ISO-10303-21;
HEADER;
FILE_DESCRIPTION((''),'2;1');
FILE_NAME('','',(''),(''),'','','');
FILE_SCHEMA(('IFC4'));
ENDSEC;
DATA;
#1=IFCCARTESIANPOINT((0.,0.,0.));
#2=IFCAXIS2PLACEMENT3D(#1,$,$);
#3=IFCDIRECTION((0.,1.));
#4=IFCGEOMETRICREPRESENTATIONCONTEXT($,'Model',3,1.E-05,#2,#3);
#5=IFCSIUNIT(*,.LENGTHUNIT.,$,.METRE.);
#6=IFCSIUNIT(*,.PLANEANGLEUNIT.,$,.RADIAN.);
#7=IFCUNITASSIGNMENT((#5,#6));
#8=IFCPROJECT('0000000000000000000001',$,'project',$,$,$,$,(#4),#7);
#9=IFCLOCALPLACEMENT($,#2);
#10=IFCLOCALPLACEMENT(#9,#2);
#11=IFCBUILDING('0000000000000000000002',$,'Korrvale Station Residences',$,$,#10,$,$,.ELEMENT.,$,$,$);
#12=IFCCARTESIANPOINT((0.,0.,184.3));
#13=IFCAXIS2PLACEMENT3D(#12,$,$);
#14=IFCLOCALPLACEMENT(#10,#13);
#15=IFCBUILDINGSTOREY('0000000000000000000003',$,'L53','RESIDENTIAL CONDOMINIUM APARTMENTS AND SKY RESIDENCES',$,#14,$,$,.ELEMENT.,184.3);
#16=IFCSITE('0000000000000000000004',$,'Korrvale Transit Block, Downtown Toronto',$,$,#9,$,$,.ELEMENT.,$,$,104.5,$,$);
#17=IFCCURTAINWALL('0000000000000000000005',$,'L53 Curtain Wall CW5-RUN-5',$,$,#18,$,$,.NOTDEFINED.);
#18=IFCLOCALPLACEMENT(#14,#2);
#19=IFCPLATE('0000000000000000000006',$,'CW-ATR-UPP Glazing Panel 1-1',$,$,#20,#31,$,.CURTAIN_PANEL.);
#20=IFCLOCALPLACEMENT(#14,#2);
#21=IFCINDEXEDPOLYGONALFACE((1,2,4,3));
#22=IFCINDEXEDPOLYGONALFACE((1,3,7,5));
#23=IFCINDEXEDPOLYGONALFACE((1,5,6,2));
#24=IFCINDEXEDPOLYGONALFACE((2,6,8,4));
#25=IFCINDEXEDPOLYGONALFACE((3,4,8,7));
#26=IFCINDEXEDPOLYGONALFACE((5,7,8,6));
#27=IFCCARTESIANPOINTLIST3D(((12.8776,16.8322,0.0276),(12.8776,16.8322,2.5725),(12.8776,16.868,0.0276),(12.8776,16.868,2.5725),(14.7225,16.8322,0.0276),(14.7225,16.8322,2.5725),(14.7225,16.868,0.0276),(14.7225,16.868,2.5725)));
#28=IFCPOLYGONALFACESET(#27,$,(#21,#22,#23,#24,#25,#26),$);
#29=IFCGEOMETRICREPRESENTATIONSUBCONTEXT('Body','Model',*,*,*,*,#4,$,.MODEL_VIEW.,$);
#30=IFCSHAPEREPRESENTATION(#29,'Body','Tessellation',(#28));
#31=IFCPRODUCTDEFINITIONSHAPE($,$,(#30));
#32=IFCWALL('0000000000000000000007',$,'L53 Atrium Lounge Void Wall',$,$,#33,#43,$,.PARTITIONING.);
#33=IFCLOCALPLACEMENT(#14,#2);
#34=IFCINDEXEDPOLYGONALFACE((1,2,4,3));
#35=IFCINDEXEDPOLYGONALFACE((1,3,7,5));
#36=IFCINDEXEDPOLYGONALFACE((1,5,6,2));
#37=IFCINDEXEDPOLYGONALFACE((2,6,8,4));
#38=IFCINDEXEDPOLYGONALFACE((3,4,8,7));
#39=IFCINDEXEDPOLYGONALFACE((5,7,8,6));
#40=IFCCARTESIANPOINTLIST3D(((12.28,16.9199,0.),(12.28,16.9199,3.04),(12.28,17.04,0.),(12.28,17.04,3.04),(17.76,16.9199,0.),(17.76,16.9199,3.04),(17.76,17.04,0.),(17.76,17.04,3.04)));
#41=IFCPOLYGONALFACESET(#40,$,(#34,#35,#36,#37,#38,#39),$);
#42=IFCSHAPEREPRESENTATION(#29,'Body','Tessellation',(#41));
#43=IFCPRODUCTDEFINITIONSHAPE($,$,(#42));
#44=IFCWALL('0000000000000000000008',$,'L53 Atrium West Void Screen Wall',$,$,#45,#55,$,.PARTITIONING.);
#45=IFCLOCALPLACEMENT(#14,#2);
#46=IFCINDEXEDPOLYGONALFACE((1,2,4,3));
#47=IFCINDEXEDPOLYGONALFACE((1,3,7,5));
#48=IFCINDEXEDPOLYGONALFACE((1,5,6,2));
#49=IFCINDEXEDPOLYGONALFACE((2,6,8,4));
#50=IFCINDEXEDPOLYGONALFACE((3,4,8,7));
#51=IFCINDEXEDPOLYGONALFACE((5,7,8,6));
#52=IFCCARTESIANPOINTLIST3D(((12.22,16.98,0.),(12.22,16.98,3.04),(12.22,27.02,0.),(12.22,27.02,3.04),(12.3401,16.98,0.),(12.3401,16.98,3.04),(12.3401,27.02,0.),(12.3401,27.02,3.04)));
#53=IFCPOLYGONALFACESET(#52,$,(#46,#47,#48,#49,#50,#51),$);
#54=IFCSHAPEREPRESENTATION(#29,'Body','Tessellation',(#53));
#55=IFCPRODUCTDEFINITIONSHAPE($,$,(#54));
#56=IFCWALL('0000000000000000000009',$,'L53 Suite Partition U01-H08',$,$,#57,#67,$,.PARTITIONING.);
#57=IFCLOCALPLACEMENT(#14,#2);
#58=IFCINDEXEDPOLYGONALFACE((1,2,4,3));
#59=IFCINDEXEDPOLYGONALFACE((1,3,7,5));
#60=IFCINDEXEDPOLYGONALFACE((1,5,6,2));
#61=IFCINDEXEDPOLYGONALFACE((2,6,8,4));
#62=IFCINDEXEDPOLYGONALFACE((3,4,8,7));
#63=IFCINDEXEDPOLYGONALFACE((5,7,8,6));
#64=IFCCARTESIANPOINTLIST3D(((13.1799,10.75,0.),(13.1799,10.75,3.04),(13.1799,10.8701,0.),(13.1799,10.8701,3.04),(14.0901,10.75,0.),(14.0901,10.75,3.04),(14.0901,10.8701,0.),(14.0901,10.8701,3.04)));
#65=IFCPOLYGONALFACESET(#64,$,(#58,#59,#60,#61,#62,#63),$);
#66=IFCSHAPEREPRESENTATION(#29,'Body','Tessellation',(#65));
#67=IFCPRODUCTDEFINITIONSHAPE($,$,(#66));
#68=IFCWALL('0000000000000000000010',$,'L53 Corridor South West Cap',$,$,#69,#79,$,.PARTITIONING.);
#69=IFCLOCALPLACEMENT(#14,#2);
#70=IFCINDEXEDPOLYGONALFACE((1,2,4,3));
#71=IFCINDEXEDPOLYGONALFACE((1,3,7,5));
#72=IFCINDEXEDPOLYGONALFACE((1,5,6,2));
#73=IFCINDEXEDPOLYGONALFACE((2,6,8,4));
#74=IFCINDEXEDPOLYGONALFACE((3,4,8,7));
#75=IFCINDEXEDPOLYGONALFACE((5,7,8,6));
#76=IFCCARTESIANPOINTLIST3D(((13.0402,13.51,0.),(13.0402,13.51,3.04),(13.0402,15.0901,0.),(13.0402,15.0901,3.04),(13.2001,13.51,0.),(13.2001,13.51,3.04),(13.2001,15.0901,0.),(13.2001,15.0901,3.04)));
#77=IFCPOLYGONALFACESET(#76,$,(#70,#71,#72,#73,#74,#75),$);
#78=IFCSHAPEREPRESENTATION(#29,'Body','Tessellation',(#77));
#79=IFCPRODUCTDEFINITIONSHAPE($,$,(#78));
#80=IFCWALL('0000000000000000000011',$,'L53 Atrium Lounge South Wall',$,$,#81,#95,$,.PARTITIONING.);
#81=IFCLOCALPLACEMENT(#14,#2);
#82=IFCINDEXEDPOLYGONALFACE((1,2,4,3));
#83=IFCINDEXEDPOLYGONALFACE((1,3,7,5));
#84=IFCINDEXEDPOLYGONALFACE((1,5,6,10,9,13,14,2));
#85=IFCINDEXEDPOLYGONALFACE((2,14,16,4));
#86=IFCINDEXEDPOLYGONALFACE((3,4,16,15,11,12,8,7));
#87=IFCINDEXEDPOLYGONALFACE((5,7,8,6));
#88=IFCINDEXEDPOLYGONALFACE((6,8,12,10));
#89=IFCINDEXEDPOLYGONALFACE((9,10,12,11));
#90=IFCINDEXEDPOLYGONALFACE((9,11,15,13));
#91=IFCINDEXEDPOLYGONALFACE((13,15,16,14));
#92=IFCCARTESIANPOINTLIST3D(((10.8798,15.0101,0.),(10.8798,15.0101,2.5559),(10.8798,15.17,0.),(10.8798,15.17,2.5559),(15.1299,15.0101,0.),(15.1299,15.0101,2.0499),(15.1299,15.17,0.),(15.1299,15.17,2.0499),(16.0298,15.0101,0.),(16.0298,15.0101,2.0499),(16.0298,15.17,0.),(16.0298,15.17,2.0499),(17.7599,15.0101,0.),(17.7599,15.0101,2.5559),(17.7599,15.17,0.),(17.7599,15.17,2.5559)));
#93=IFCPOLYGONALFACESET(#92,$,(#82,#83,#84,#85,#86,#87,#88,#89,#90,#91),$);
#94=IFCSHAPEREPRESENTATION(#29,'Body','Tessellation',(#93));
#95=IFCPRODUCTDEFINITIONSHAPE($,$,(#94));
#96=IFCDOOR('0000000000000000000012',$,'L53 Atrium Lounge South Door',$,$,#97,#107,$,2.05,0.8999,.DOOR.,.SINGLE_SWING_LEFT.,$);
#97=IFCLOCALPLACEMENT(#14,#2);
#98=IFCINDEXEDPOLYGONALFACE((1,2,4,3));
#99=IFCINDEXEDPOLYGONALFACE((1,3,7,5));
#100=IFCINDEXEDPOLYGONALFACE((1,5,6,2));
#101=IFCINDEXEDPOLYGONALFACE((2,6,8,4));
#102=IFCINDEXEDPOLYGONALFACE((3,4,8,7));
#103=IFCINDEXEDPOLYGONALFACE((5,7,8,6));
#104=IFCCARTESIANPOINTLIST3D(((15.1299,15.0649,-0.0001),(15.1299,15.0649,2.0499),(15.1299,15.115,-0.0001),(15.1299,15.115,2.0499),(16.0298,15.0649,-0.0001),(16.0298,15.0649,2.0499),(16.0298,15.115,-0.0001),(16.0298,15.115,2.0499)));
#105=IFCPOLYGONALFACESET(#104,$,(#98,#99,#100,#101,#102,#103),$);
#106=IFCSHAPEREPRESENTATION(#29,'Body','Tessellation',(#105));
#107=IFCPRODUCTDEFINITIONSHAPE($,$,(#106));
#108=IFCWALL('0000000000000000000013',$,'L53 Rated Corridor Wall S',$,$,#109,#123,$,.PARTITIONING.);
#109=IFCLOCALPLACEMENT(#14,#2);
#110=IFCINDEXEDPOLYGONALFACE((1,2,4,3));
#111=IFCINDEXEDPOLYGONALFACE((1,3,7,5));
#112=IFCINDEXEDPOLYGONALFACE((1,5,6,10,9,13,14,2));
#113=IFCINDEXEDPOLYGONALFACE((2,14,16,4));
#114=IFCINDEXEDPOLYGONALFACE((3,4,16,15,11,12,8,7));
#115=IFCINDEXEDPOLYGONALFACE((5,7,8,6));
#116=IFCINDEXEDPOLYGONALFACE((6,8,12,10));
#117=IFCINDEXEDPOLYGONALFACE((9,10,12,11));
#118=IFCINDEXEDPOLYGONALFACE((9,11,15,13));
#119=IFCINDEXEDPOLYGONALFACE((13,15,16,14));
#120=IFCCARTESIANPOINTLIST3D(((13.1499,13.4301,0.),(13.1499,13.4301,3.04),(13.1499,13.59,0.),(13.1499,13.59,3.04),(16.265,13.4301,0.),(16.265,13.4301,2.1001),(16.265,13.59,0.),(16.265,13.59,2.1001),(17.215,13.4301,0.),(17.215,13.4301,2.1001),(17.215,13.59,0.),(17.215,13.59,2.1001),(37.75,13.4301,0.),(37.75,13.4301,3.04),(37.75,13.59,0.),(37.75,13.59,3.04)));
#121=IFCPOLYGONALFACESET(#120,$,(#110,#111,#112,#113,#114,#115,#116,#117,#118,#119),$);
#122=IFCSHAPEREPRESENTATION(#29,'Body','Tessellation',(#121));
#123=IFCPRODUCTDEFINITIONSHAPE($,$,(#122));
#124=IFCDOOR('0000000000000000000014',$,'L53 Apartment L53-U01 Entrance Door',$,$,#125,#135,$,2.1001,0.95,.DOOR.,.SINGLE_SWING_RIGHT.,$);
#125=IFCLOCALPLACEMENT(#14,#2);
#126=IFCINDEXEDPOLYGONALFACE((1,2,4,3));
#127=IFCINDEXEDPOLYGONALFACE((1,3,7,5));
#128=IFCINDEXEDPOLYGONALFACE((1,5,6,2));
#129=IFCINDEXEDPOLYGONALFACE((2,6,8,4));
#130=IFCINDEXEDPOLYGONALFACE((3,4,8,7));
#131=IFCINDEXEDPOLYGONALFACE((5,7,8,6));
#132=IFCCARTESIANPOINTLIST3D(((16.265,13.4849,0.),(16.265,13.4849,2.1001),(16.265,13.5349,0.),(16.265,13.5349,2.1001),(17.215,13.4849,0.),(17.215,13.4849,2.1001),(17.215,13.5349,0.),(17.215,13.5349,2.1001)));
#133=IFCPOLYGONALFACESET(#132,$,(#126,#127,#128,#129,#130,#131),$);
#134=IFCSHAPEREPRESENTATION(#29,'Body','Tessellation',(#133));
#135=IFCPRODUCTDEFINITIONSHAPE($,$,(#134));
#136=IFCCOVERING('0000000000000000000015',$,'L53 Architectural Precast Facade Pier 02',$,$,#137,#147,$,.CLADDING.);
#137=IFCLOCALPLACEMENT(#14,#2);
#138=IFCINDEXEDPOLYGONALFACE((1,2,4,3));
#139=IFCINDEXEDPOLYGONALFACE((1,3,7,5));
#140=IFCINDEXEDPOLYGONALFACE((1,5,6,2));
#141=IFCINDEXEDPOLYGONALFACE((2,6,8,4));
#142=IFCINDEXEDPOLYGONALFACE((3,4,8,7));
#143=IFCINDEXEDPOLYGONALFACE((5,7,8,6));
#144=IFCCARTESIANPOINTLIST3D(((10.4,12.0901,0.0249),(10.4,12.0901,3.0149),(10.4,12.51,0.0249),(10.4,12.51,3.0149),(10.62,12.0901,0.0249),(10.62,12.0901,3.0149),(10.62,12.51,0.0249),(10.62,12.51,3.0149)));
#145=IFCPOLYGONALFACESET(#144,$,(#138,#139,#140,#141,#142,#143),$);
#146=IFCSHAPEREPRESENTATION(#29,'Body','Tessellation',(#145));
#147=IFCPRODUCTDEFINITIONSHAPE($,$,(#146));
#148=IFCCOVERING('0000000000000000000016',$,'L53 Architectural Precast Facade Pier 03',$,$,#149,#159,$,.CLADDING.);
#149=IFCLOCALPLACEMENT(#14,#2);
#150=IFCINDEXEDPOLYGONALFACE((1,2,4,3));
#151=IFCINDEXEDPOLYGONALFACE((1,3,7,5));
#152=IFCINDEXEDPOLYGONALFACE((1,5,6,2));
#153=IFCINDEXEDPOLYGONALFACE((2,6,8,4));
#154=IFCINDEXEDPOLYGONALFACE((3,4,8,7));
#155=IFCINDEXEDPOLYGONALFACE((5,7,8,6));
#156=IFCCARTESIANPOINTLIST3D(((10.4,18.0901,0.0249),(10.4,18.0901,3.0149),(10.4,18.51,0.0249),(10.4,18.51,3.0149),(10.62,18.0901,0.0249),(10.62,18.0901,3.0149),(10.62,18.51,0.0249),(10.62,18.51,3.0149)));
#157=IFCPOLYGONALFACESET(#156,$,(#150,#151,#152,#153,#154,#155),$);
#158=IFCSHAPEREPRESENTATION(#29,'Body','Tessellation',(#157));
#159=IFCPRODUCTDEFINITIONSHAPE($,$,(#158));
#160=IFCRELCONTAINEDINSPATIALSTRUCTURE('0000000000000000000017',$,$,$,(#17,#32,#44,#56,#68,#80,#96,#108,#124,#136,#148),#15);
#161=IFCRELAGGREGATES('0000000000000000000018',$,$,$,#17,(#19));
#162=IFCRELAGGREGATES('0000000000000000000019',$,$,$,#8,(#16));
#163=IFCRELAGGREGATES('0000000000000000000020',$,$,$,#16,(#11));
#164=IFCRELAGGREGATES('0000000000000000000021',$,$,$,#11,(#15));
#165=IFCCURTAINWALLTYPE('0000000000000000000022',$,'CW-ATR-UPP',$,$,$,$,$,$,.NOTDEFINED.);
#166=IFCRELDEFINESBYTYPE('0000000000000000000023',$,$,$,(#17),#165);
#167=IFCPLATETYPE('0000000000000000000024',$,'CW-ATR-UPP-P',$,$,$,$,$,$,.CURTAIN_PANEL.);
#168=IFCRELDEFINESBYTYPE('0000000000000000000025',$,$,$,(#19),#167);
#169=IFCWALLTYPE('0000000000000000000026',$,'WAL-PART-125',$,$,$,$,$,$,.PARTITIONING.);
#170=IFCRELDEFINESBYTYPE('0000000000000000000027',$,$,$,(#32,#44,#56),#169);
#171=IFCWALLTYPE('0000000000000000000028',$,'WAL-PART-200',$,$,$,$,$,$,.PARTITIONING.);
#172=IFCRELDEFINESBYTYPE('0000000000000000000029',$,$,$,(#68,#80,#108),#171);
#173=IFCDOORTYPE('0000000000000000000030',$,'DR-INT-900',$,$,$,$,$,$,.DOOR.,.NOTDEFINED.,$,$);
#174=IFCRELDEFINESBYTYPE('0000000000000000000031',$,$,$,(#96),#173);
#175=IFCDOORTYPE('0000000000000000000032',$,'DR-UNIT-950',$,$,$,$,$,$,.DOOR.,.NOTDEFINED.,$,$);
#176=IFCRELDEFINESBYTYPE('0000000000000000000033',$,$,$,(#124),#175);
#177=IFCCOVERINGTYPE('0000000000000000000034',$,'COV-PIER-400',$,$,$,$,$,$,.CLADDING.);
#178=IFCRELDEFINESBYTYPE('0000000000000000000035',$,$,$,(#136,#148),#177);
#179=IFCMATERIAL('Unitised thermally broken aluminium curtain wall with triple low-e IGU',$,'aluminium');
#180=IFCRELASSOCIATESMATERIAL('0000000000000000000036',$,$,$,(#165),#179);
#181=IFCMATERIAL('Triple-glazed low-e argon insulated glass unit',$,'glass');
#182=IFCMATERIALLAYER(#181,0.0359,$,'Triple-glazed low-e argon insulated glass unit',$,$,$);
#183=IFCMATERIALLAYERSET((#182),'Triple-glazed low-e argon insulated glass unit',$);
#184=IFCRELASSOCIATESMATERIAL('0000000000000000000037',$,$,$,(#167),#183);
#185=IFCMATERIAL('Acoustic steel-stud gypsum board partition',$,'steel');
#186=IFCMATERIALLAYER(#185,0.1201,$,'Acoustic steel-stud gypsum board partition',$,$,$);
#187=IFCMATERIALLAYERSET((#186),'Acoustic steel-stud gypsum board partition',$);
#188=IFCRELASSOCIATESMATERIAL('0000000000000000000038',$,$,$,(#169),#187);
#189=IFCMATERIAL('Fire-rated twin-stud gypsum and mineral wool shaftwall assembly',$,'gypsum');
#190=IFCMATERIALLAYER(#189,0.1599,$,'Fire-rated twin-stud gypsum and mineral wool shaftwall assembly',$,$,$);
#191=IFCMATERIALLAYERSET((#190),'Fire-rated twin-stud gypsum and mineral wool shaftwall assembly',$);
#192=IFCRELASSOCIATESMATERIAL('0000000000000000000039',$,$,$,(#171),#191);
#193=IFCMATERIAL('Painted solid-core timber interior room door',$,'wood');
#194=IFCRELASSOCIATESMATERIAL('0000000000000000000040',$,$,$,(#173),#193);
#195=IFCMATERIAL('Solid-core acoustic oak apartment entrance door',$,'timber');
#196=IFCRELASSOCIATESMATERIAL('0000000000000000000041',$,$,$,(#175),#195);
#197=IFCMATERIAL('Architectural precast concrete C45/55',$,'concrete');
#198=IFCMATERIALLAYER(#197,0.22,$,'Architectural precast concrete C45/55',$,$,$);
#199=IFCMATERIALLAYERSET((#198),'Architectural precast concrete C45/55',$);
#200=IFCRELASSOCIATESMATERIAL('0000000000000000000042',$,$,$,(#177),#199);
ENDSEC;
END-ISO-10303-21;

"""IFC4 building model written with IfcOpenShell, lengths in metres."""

from ifc_helpers import new_model, si_unit, direction, frame, frame_2d, origin, origin_2d, place, context, subcontext, project, spatial, rectangle, extrude, material, layer, layer_set, type_object, element, fill, aggregate, save


model = new_model("IFC4")

# Units and contexts
model_context = context("Model", 3, precision=1e-05, world=origin(), true_north=direction((0.0, 1.0)))
body_context = subcontext(model_context, "Body", "Model", "MODEL_VIEW")
ifc_project = project(units=[si_unit("LENGTHUNIT", "METRE"), si_unit("PLANEANGLEUNIT", "RADIAN")], contexts=[model_context])

# Site, building, storey
site_placement = place(None, origin())
site = spatial("IfcSite", under=ifc_project, at=site_placement, Name="Korrvale Transit Block, Downtown Toronto", CompositionType="ELEMENT", RefElevation=104.5)
building_placement = place(site_placement, origin())
building = spatial("IfcBuilding", under=site, at=building_placement, Name="Korrvale Station Residences", CompositionType="ELEMENT")
storey_placement = place(building_placement, frame((0.0, 0.0, 184.3)))
storey = spatial("IfcBuildingStorey", under=building, at=storey_placement, Name="L53", Description="RESIDENTIAL CONDOMINIUM APARTMENTS AND SKY RESIDENCES", CompositionType="ELEMENT", Elevation=184.3)

# Curtain wall, plate
ifc_material_1 = material(Name="Unitised thermally broken aluminium curtain wall with triple low-e IGU", Category="aluminium")
curtain_wall_type = type_object("IfcCurtainWallType", Name="CW-ATR-UPP", PredefinedType="NOTDEFINED", material=ifc_material_1)
curtain_wall_placement = place(storey_placement, origin())
curtain_wall = element("IfcCurtainWall", 1, at=curtain_wall_placement, inside=storey, type_object=curtain_wall_type, Name="L53 Curtain Wall CW5-RUN-5", PredefinedType="NOTDEFINED")
ifc_material_2 = material(Name="Triple-glazed low-e argon insulated glass unit", Category="glass")
ifc_layer_1 = layer(ifc_material_2, 0.0359, Name="Triple-glazed low-e argon insulated glass unit")
ifc_layer_set_1 = layer_set([ifc_layer_1], Name="Triple-glazed low-e argon insulated glass unit")
plate_type = type_object("IfcPlateType", Name="CW-ATR-UPP-P", PredefinedType="CURTAIN_PANEL", material=ifc_layer_set_1)
plate_placement = place(storey_placement, frame((13.8, 16.8501, 0.0276), z_axis=(0.0, 0.0, 1.0), x_axis=(1.0, 0.0, 0.0)))
plate = element("IfcPlate", 2, at=plate_placement, type_object=plate_type, Name="CW-ATR-UPP Glazing Panel 1-1", PredefinedType="CURTAIN_PANEL", context=body_context, shape_type="SweptSolid", body=[
    extrude(rectangle(XDim=1.845, YDim=0.0359, at=origin_2d()), origin(), (0.0, 0.0, 1.0), 2.5449),
])
aggregate(curtain_wall, [plate])

# Walls
ifc_material_3 = material(Name="Acoustic steel-stud gypsum board partition", Category="steel")
ifc_layer_2 = layer(ifc_material_3, 0.1201, Name="Acoustic steel-stud gypsum board partition")
ifc_layer_set_2 = layer_set([ifc_layer_2], Name="Acoustic steel-stud gypsum board partition")
wall_type_1 = type_object("IfcWallType", Name="WAL-PART-125", PredefinedType="PARTITIONING", material=ifc_layer_set_2)
wall_1_placement = place(storey_placement, frame((12.28, 16.98, 0.0), z_axis=(0.0, 0.0, 1.0), x_axis=(1.0, 0.0, 0.0)))
element("IfcWall", 3, at=wall_1_placement, inside=storey, type_object=wall_type_1, Name="L53 Atrium Lounge Void Wall", PredefinedType="PARTITIONING", context=body_context, shape_type="SweptSolid", body=[
    extrude(rectangle(XDim=5.48, YDim=0.1201, at=frame_2d((2.74, 0.0))), origin(), (0.0, 0.0, 1.0), 3.04),
])
wall_2_placement = place(storey_placement, frame((12.28, 16.98, 0.0), z_axis=(0.0, 0.0, 1.0), x_axis=(0.0, 1.0, 0.0)))
element("IfcWall", 4, at=wall_2_placement, inside=storey, type_object=wall_type_1, Name="L53 Atrium West Void Screen Wall", PredefinedType="PARTITIONING", context=body_context, shape_type="SweptSolid", body=[
    extrude(rectangle(XDim=10.04, YDim=0.1201, at=frame_2d((5.02, 0.0))), origin(), (0.0, 0.0, 1.0), 3.04),
])
wall_3_placement = place(storey_placement, frame((13.1799, 10.8101, 0.0), z_axis=(0.0, 0.0, 1.0), x_axis=(1.0, 0.0, 0.0)))
element("IfcWall", 5, at=wall_3_placement, inside=storey, type_object=wall_type_1, Name="L53 Suite Partition U01-H08", PredefinedType="PARTITIONING", context=body_context, shape_type="SweptSolid", body=[
    extrude(rectangle(XDim=0.9102, YDim=0.1201, at=frame_2d((0.4551, 0.0))), origin(), (0.0, 0.0, 1.0), 3.04),
])
ifc_material_4 = material(Name="Fire-rated twin-stud gypsum and mineral wool shaftwall assembly", Category="gypsum")
ifc_layer_3 = layer(ifc_material_4, 0.1599, Name="Fire-rated twin-stud gypsum and mineral wool shaftwall assembly")
ifc_layer_set_3 = layer_set([ifc_layer_3], Name="Fire-rated twin-stud gypsum and mineral wool shaftwall assembly")
wall_type_2 = type_object("IfcWallType", Name="WAL-PART-200", PredefinedType="PARTITIONING", material=ifc_layer_set_3)
wall_4_placement = place(storey_placement, frame((13.1201, 13.51, 0.0), z_axis=(0.0, 0.0, 1.0), x_axis=(0.0, 1.0, 0.0)))
element("IfcWall", 6, at=wall_4_placement, inside=storey, type_object=wall_type_2, Name="L53 Corridor South West Cap", PredefinedType="PARTITIONING", context=body_context, shape_type="SweptSolid", body=[
    extrude(rectangle(XDim=1.5801, YDim=0.1599, at=frame_2d((0.79, 0.0))), origin(), (0.0, 0.0, 1.0), 3.04),
])

# Walls, openings, doors
wall_5_placement = place(storey_placement, frame((10.8799, 15.0901, 0.0), z_axis=(0.0, 0.0, 1.0), x_axis=(1.0, 0.0, 0.0)))
wall_5 = element("IfcWall", 7, at=wall_5_placement, inside=storey, type_object=wall_type_2, Name="L53 Atrium Lounge South Wall", PredefinedType="PARTITIONING", context=body_context, shape_type="SweptSolid", body=[
    extrude(rectangle(XDim=6.8801, YDim=0.1599, at=frame_2d((3.4399, 0.0))), origin(), (0.0, 0.0, 1.0), 2.5559),
])
opening_1_placement = place(wall_5_placement, frame((4.25, 0.0, 0.0)))
opening_1 = element("IfcOpeningElement", 8, at=opening_1_placement, cuts=wall_5, PredefinedType="OPENING", context=body_context, shape_type="SweptSolid", body=[
    extrude(rectangle(XDim=0.8999, YDim=2.05, at=frame_2d((0.45, 1.0249))), frame((0.0, 0.0898, 0.0), z_axis=(0.0, -1.0, 0.0), x_axis=(1.0, 0.0, 0.0)), (0.0, 0.0, 1.0), 0.1799),
])
ifc_material_5 = material(Name="Painted solid-core timber interior room door", Category="wood")
door_type_1 = type_object("IfcDoorType", Name="DR-INT-900", OperationType="NOTDEFINED", PredefinedType="DOOR", material=ifc_material_5)
door_1_placement = place(opening_1_placement, origin())
door_1 = element("IfcDoor", 9, at=door_1_placement, inside=storey, type_object=door_type_1, Name="L53 Atrium Lounge South Door", OperationType="SINGLE_SWING_LEFT", OverallHeight=2.05, OverallWidth=0.8999, PredefinedType="DOOR", context=body_context, shape_type="SweptSolid", body=[
    extrude(rectangle(XDim=0.8999, YDim=2.05, at=frame_2d((0.45, 1.0249))), frame((0.0, 0.0249, 0.0), z_axis=(0.0, -1.0, 0.0), x_axis=(1.0, 0.0, 0.0)), (0.0, 0.0, 1.0), 0.05),
])
fill(opening_1, door_1)
wall_6_placement = place(storey_placement, frame((13.1499, 13.51, 0.0), z_axis=(0.0, 0.0, 1.0), x_axis=(1.0, 0.0, 0.0)))
wall_6 = element("IfcWall", 10, at=wall_6_placement, inside=storey, type_object=wall_type_2, Name="L53 Rated Corridor Wall S", PredefinedType="PARTITIONING", context=body_context, shape_type="SweptSolid", body=[
    extrude(rectangle(XDim=24.6001, YDim=0.1599, at=frame_2d((12.3, 0.0))), origin(), (0.0, 0.0, 1.0), 3.04),
])
opening_2_placement = place(wall_6_placement, frame((3.115, 0.0, 0.0)))
opening_2 = element("IfcOpeningElement", 11, at=opening_2_placement, cuts=wall_6, PredefinedType="OPENING", context=body_context, shape_type="SweptSolid", body=[
    extrude(rectangle(XDim=0.95, YDim=2.1001, at=frame_2d((0.4751, 1.05))), frame((0.0, 0.0898, 0.0), z_axis=(0.0, -1.0, 0.0), x_axis=(1.0, 0.0, 0.0)), (0.0, 0.0, 1.0), 0.1799),
])
ifc_material_6 = material(Name="Solid-core acoustic oak apartment entrance door", Category="timber")
door_type_2 = type_object("IfcDoorType", Name="DR-UNIT-950", OperationType="NOTDEFINED", PredefinedType="DOOR", material=ifc_material_6)
door_2_placement = place(opening_2_placement, origin())
door_2 = element("IfcDoor", 12, at=door_2_placement, inside=storey, type_object=door_type_2, Name="L53 Apartment L53-U01 Entrance Door", OperationType="SINGLE_SWING_RIGHT", OverallHeight=2.1001, OverallWidth=0.95, PredefinedType="DOOR", context=body_context, shape_type="SweptSolid", body=[
    extrude(rectangle(XDim=0.95, YDim=2.1001, at=frame_2d((0.4751, 1.05))), frame((0.0, 0.0249, 0.0), z_axis=(0.0, -1.0, 0.0), x_axis=(1.0, 0.0, 0.0)), (0.0, 0.0, 1.0), 0.05),
])
fill(opening_2, door_2)

# Coverings
ifc_material_7 = material(Name="Architectural precast concrete C45/55", Category="concrete")
ifc_layer_4 = layer(ifc_material_7, 0.22, Name="Architectural precast concrete C45/55")
ifc_layer_set_4 = layer_set([ifc_layer_4], Name="Architectural precast concrete C45/55")
covering_type = type_object("IfcCoveringType", Name="COV-PIER-400", PredefinedType="CLADDING", material=ifc_layer_set_4)
for number, where, z_axis, x_axis, name in (
    (13, (10.51, 12.3, 0.0249), (0.0, 0.0, 1.0), (0.0, 1.0, 0.0), "L53 Architectural Precast Facade Pier 02"),
    (14, (10.51, 18.3, 0.0249), (0.0, 0.0, 1.0), (0.0, 1.0, 0.0), "L53 Architectural Precast Facade Pier 03"),
):
    element("IfcCovering", number, at=place(storey_placement, frame(where, z_axis=z_axis, x_axis=x_axis)), inside=storey, type_object=covering_type, Name=name, PredefinedType="CLADDING", context=body_context, shape_type="SweptSolid", body=[
        extrude(rectangle(XDim=0.4199, YDim=0.22, at=origin_2d()), origin(), (0.0, 0.0, 1.0), 2.99),
    ])

save(model, "model.ifc")
